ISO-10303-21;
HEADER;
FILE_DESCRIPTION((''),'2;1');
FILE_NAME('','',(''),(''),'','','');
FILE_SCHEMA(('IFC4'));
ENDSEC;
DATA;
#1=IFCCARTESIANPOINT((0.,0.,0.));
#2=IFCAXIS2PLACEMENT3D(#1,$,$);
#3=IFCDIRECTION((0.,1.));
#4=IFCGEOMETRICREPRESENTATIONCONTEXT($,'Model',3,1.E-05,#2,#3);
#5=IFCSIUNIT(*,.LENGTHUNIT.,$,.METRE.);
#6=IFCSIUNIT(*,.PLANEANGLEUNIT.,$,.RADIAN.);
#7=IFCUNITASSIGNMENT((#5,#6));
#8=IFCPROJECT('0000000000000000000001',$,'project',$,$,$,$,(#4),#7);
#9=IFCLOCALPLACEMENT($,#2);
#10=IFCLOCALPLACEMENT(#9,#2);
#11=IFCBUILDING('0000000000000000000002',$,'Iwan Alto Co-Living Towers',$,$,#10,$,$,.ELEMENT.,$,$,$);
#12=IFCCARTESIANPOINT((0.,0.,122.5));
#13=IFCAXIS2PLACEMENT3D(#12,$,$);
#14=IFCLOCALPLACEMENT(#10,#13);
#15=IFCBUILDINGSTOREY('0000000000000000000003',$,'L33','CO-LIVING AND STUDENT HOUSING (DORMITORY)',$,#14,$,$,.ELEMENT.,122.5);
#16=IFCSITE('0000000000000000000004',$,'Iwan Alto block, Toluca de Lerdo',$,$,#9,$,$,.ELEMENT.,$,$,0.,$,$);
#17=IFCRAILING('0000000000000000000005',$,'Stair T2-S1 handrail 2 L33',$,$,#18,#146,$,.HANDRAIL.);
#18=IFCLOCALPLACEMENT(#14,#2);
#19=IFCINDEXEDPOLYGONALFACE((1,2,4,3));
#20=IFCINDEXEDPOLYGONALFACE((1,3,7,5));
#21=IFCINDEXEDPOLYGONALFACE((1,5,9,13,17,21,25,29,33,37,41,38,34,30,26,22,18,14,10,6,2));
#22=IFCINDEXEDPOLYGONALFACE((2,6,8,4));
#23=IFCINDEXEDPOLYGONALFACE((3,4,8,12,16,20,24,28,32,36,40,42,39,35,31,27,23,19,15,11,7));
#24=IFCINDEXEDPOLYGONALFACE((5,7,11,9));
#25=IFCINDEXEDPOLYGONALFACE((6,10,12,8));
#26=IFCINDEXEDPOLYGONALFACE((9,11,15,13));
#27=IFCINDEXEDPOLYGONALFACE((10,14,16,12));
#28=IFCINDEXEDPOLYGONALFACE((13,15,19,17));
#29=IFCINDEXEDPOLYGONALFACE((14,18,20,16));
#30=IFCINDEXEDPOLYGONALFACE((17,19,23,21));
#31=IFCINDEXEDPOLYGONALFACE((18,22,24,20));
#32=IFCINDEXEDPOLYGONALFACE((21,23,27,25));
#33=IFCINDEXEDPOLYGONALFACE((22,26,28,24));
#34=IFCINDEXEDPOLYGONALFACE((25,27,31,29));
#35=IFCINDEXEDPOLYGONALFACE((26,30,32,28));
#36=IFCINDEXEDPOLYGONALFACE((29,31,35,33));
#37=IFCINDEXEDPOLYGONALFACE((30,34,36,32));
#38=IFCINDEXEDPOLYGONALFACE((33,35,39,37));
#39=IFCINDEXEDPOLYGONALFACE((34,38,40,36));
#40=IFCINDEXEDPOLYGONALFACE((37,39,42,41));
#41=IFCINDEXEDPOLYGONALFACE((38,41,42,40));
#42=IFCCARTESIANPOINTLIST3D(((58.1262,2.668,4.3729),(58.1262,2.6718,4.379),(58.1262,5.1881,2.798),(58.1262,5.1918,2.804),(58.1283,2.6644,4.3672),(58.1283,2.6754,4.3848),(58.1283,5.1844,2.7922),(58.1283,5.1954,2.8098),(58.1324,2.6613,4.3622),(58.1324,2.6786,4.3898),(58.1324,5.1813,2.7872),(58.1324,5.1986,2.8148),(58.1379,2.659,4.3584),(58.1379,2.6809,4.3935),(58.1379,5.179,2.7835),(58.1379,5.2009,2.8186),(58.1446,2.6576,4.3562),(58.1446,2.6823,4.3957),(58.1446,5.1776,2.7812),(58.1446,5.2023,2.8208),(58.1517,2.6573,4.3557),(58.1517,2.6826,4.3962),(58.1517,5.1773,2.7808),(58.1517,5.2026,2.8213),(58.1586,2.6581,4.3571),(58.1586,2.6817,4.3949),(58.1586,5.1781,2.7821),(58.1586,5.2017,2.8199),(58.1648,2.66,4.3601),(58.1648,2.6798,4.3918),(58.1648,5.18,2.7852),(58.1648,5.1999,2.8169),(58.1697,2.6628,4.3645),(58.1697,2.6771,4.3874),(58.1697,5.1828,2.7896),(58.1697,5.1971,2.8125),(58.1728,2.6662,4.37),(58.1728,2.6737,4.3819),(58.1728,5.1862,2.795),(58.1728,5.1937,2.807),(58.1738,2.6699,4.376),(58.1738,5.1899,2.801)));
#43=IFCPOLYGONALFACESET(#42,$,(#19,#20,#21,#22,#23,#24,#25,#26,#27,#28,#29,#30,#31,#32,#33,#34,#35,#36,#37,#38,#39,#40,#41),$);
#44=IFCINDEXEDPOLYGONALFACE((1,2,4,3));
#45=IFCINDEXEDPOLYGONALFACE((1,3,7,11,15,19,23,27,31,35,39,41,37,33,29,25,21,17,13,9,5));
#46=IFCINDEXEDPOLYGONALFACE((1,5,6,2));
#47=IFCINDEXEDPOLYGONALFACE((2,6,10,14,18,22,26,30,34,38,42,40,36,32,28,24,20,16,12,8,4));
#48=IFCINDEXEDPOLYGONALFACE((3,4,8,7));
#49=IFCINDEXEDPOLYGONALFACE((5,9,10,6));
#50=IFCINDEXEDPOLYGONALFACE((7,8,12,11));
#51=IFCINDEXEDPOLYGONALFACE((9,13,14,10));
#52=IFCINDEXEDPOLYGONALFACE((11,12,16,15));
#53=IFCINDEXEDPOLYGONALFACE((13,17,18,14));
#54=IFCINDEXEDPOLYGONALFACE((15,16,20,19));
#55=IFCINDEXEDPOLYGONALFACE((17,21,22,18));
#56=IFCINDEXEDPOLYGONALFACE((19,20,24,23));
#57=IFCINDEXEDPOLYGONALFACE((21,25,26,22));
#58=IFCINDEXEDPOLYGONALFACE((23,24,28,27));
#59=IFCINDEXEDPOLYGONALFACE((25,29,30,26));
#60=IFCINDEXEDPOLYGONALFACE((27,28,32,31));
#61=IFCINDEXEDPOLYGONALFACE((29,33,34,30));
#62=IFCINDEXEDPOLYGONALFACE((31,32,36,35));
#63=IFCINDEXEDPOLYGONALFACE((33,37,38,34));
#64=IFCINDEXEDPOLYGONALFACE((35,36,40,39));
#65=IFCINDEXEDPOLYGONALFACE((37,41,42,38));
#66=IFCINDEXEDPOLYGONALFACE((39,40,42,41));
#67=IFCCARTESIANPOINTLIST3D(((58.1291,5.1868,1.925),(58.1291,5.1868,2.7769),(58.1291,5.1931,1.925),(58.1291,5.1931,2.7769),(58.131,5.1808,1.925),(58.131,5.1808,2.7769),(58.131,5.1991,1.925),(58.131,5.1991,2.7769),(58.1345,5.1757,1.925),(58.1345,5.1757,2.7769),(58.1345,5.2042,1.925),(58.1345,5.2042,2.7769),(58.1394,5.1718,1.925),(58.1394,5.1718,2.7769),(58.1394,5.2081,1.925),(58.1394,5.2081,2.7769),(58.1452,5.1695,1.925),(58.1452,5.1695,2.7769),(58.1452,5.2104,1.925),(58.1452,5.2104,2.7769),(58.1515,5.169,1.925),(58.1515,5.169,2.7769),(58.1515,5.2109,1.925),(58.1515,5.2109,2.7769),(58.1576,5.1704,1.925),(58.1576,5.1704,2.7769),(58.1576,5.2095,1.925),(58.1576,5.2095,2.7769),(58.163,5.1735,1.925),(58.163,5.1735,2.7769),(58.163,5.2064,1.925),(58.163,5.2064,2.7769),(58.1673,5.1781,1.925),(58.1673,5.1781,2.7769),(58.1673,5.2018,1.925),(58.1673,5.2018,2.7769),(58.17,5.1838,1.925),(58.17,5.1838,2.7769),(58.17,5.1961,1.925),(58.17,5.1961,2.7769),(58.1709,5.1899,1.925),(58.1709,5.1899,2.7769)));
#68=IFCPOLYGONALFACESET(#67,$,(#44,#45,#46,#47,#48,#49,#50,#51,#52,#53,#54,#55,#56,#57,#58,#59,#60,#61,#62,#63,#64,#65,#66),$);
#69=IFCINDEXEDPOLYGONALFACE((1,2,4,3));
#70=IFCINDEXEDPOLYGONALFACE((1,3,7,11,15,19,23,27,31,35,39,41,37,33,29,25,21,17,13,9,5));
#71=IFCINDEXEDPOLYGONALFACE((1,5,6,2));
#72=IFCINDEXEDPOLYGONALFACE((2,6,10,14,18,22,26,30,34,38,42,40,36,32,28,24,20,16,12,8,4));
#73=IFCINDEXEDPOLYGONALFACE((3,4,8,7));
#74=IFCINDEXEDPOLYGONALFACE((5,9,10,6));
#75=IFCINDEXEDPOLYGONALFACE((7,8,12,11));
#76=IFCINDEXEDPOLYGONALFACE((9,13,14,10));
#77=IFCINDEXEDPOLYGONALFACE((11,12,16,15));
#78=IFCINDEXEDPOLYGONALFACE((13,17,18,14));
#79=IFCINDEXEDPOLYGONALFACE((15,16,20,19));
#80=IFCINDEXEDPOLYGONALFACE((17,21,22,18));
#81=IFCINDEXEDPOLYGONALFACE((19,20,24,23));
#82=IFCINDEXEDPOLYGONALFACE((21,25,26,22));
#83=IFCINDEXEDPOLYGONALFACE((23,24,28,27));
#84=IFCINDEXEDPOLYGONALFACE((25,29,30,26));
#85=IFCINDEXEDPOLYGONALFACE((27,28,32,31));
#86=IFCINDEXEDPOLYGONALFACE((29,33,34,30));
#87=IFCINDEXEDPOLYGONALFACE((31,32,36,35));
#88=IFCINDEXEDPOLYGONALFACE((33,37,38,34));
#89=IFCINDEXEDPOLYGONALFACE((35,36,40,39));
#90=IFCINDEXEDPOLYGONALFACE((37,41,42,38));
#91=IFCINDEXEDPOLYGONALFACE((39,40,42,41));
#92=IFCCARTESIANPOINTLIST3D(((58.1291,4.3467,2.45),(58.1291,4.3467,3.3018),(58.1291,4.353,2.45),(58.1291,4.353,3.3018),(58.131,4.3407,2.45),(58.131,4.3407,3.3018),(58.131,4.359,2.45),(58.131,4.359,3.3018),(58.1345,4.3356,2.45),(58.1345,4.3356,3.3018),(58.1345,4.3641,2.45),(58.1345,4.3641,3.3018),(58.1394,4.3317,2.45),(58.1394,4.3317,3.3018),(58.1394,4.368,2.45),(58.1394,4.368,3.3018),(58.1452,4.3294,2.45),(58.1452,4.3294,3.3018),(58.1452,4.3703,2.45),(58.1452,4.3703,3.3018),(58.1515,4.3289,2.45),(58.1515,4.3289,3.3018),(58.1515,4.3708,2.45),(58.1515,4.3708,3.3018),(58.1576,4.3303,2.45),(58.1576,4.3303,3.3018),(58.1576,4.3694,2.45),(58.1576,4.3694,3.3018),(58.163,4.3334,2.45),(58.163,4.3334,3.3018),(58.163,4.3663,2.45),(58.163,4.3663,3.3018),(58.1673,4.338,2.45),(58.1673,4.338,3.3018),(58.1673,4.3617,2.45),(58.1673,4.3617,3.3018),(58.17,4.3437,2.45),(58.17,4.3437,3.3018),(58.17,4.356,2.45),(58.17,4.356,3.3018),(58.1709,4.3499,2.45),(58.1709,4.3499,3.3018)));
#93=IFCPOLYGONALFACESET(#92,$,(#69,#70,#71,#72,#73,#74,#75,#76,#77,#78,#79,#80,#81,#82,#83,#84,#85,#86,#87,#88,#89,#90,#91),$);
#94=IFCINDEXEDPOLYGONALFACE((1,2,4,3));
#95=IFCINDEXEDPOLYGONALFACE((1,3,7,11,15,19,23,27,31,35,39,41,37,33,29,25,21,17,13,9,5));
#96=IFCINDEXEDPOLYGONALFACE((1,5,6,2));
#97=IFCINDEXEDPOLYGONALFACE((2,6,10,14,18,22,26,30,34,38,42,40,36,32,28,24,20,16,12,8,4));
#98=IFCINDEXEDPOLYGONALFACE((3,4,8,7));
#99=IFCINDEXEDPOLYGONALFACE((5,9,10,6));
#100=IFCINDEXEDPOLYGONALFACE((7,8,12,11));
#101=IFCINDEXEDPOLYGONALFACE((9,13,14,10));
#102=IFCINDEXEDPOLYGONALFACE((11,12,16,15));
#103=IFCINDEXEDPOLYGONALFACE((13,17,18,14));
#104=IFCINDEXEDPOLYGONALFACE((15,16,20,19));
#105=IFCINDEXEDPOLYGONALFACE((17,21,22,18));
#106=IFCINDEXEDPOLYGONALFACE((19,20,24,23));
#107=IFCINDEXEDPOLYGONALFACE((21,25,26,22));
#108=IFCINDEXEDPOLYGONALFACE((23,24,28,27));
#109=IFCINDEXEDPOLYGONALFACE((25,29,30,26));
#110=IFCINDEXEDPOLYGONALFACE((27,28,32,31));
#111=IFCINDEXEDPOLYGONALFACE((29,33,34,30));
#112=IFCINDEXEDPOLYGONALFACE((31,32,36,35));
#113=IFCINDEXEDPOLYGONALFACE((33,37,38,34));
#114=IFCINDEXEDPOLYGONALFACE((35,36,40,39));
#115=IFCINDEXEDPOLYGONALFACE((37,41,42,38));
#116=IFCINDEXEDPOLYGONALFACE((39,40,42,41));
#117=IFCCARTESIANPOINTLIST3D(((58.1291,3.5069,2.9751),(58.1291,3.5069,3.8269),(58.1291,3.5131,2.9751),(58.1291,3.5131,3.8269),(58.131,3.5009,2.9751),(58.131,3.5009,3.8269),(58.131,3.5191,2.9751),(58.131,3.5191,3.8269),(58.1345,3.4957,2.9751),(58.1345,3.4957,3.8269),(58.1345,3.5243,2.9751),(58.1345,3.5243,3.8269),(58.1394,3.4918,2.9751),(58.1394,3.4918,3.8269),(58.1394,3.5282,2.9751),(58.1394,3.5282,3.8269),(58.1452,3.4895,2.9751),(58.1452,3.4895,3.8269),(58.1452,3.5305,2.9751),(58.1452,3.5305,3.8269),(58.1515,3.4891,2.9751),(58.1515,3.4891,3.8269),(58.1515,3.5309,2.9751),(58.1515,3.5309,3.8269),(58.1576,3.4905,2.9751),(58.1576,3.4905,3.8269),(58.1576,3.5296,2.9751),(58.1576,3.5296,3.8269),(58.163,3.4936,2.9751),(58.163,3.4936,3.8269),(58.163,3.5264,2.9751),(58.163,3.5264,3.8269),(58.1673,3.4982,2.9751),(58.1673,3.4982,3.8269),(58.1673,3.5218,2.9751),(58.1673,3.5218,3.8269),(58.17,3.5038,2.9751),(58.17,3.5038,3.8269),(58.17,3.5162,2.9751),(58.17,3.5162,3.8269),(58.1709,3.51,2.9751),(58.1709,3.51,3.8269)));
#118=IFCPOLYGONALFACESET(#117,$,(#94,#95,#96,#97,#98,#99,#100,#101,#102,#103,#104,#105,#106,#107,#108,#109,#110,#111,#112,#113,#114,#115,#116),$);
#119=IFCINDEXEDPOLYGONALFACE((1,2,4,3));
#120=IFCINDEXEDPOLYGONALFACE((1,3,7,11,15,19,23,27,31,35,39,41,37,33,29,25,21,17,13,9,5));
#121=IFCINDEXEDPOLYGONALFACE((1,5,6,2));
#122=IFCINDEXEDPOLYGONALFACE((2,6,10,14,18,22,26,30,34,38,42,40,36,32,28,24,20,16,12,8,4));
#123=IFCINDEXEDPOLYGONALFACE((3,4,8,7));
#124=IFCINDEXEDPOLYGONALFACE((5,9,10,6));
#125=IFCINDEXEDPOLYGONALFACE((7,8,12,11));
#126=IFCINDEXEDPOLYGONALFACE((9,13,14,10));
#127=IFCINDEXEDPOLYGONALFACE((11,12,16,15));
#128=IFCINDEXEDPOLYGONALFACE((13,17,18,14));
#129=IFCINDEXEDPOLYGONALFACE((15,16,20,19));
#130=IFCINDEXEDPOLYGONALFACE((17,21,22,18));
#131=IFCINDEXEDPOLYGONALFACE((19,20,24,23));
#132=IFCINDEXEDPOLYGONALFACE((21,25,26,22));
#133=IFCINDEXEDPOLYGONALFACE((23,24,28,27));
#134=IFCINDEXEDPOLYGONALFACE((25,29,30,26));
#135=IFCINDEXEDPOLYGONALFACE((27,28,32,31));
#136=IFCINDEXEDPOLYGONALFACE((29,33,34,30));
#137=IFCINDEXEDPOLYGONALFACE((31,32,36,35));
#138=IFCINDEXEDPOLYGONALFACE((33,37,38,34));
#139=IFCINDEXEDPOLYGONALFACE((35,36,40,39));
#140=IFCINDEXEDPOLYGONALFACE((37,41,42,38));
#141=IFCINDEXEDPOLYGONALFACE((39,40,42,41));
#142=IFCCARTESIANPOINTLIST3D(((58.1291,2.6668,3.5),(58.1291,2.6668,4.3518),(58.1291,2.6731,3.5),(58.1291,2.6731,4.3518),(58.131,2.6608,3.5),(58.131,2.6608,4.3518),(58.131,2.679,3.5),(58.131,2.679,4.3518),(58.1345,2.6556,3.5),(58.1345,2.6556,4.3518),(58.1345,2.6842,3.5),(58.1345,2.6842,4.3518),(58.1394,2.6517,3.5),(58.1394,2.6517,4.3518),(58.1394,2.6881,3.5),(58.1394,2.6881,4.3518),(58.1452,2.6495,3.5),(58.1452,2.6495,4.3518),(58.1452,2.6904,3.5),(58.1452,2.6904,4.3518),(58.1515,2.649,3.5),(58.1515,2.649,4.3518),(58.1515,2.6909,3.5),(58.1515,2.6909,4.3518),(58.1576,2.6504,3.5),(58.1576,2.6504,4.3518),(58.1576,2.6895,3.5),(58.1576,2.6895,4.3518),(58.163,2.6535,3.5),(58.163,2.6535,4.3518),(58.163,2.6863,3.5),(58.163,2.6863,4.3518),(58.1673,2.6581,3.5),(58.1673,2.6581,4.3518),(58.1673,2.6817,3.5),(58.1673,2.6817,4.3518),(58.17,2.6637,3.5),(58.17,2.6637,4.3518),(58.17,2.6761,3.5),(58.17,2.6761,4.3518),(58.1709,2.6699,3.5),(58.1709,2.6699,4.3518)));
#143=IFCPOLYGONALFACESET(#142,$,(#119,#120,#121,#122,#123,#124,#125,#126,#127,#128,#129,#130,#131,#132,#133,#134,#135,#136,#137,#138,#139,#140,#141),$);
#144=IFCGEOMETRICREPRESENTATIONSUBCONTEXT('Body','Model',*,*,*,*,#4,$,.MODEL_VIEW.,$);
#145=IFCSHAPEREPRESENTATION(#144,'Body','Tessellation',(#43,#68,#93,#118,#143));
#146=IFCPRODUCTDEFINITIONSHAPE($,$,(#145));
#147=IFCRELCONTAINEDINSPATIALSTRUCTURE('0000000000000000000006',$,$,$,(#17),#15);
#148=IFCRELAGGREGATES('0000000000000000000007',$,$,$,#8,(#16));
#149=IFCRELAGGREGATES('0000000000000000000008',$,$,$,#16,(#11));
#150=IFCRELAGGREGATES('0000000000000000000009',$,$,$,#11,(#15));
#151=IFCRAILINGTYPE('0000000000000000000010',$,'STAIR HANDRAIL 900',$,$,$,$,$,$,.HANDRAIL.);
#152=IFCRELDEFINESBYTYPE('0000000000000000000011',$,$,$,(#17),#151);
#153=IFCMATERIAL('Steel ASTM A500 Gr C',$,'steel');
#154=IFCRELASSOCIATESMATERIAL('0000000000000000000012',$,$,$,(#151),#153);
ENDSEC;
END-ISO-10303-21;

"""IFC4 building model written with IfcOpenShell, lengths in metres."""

from ifc_helpers import new_model, si_unit, direction, frame, origin, origin_2d, place, context, subcontext, project, spatial, circle, extrude, material, type_object, element, save


model = new_model("IFC4")

# Units and contexts
model_context = context("Model", 3, precision=1e-05, world=origin(), true_north=direction((0.0, 1.0)))
body_context = subcontext(model_context, "Body", "Model", "MODEL_VIEW")
ifc_project = project(units=[si_unit("LENGTHUNIT", "METRE"), si_unit("PLANEANGLEUNIT", "RADIAN")], contexts=[model_context])

# Site, building, storey
site_placement = place(None, origin())
site = spatial("IfcSite", under=ifc_project, at=site_placement, Name="Iwan Alto block, Toluca de Lerdo", CompositionType="ELEMENT", RefElevation=0.0)
building_placement = place(site_placement, origin())
building = spatial("IfcBuilding", under=site, at=building_placement, Name="Iwan Alto Co-Living Towers", CompositionType="ELEMENT")
storey_placement = place(building_placement, frame((0.0, 0.0, 122.5)))
storey = spatial("IfcBuildingStorey", under=building, at=storey_placement, Name="L33", Description="CO-LIVING AND STUDENT HOUSING (DORMITORY)", CompositionType="ELEMENT", Elevation=122.5)

# Railing
ifc_material_1 = material(Name="Steel ASTM A500 Gr C", Category="steel")
railing_type_1 = type_object("IfcRailingType", Name="STAIR HANDRAIL 900", PredefinedType="HANDRAIL", material=ifc_material_1)
railing_1_placement = place(storey_placement, frame((58.1499, 5.1899, 1.925)))
element("IfcRailing", 1, at=railing_1_placement, inside=storey, type_object=railing_type_1, Name="Stair T2-S1 handrail 2 L33", PredefinedType="HANDRAIL", context=body_context, shape_type="SweptSolid", body=[
    extrude(circle(Radius=0.0239, at=origin_2d()), frame((0.0, 0.0, 0.876), z_axis=(0.0, -0.848008, 0.529984), x_axis=(1.0, 0.0, 0.0)), (0.0, 0.0, 1.0), 2.9717),
    extrude(circle(Radius=0.021, at=origin_2d()), origin(), (0.0, 0.0, 1.0), 0.8518),
    extrude(circle(Radius=0.021, at=origin_2d()), frame((0.0, -0.8401, 0.5249)), (0.0, 0.0, 1.0), 0.8518),
    extrude(circle(Radius=0.021, at=origin_2d()), frame((0.0, -1.6799, 1.05)), (0.0, 0.0, 1.0), 0.8518),
    extrude(circle(Radius=0.021, at=origin_2d()), frame((0.0, -2.52, 1.575)), (0.0, 0.0, 1.0), 0.8518),
])

save(model, "model.ifc")
